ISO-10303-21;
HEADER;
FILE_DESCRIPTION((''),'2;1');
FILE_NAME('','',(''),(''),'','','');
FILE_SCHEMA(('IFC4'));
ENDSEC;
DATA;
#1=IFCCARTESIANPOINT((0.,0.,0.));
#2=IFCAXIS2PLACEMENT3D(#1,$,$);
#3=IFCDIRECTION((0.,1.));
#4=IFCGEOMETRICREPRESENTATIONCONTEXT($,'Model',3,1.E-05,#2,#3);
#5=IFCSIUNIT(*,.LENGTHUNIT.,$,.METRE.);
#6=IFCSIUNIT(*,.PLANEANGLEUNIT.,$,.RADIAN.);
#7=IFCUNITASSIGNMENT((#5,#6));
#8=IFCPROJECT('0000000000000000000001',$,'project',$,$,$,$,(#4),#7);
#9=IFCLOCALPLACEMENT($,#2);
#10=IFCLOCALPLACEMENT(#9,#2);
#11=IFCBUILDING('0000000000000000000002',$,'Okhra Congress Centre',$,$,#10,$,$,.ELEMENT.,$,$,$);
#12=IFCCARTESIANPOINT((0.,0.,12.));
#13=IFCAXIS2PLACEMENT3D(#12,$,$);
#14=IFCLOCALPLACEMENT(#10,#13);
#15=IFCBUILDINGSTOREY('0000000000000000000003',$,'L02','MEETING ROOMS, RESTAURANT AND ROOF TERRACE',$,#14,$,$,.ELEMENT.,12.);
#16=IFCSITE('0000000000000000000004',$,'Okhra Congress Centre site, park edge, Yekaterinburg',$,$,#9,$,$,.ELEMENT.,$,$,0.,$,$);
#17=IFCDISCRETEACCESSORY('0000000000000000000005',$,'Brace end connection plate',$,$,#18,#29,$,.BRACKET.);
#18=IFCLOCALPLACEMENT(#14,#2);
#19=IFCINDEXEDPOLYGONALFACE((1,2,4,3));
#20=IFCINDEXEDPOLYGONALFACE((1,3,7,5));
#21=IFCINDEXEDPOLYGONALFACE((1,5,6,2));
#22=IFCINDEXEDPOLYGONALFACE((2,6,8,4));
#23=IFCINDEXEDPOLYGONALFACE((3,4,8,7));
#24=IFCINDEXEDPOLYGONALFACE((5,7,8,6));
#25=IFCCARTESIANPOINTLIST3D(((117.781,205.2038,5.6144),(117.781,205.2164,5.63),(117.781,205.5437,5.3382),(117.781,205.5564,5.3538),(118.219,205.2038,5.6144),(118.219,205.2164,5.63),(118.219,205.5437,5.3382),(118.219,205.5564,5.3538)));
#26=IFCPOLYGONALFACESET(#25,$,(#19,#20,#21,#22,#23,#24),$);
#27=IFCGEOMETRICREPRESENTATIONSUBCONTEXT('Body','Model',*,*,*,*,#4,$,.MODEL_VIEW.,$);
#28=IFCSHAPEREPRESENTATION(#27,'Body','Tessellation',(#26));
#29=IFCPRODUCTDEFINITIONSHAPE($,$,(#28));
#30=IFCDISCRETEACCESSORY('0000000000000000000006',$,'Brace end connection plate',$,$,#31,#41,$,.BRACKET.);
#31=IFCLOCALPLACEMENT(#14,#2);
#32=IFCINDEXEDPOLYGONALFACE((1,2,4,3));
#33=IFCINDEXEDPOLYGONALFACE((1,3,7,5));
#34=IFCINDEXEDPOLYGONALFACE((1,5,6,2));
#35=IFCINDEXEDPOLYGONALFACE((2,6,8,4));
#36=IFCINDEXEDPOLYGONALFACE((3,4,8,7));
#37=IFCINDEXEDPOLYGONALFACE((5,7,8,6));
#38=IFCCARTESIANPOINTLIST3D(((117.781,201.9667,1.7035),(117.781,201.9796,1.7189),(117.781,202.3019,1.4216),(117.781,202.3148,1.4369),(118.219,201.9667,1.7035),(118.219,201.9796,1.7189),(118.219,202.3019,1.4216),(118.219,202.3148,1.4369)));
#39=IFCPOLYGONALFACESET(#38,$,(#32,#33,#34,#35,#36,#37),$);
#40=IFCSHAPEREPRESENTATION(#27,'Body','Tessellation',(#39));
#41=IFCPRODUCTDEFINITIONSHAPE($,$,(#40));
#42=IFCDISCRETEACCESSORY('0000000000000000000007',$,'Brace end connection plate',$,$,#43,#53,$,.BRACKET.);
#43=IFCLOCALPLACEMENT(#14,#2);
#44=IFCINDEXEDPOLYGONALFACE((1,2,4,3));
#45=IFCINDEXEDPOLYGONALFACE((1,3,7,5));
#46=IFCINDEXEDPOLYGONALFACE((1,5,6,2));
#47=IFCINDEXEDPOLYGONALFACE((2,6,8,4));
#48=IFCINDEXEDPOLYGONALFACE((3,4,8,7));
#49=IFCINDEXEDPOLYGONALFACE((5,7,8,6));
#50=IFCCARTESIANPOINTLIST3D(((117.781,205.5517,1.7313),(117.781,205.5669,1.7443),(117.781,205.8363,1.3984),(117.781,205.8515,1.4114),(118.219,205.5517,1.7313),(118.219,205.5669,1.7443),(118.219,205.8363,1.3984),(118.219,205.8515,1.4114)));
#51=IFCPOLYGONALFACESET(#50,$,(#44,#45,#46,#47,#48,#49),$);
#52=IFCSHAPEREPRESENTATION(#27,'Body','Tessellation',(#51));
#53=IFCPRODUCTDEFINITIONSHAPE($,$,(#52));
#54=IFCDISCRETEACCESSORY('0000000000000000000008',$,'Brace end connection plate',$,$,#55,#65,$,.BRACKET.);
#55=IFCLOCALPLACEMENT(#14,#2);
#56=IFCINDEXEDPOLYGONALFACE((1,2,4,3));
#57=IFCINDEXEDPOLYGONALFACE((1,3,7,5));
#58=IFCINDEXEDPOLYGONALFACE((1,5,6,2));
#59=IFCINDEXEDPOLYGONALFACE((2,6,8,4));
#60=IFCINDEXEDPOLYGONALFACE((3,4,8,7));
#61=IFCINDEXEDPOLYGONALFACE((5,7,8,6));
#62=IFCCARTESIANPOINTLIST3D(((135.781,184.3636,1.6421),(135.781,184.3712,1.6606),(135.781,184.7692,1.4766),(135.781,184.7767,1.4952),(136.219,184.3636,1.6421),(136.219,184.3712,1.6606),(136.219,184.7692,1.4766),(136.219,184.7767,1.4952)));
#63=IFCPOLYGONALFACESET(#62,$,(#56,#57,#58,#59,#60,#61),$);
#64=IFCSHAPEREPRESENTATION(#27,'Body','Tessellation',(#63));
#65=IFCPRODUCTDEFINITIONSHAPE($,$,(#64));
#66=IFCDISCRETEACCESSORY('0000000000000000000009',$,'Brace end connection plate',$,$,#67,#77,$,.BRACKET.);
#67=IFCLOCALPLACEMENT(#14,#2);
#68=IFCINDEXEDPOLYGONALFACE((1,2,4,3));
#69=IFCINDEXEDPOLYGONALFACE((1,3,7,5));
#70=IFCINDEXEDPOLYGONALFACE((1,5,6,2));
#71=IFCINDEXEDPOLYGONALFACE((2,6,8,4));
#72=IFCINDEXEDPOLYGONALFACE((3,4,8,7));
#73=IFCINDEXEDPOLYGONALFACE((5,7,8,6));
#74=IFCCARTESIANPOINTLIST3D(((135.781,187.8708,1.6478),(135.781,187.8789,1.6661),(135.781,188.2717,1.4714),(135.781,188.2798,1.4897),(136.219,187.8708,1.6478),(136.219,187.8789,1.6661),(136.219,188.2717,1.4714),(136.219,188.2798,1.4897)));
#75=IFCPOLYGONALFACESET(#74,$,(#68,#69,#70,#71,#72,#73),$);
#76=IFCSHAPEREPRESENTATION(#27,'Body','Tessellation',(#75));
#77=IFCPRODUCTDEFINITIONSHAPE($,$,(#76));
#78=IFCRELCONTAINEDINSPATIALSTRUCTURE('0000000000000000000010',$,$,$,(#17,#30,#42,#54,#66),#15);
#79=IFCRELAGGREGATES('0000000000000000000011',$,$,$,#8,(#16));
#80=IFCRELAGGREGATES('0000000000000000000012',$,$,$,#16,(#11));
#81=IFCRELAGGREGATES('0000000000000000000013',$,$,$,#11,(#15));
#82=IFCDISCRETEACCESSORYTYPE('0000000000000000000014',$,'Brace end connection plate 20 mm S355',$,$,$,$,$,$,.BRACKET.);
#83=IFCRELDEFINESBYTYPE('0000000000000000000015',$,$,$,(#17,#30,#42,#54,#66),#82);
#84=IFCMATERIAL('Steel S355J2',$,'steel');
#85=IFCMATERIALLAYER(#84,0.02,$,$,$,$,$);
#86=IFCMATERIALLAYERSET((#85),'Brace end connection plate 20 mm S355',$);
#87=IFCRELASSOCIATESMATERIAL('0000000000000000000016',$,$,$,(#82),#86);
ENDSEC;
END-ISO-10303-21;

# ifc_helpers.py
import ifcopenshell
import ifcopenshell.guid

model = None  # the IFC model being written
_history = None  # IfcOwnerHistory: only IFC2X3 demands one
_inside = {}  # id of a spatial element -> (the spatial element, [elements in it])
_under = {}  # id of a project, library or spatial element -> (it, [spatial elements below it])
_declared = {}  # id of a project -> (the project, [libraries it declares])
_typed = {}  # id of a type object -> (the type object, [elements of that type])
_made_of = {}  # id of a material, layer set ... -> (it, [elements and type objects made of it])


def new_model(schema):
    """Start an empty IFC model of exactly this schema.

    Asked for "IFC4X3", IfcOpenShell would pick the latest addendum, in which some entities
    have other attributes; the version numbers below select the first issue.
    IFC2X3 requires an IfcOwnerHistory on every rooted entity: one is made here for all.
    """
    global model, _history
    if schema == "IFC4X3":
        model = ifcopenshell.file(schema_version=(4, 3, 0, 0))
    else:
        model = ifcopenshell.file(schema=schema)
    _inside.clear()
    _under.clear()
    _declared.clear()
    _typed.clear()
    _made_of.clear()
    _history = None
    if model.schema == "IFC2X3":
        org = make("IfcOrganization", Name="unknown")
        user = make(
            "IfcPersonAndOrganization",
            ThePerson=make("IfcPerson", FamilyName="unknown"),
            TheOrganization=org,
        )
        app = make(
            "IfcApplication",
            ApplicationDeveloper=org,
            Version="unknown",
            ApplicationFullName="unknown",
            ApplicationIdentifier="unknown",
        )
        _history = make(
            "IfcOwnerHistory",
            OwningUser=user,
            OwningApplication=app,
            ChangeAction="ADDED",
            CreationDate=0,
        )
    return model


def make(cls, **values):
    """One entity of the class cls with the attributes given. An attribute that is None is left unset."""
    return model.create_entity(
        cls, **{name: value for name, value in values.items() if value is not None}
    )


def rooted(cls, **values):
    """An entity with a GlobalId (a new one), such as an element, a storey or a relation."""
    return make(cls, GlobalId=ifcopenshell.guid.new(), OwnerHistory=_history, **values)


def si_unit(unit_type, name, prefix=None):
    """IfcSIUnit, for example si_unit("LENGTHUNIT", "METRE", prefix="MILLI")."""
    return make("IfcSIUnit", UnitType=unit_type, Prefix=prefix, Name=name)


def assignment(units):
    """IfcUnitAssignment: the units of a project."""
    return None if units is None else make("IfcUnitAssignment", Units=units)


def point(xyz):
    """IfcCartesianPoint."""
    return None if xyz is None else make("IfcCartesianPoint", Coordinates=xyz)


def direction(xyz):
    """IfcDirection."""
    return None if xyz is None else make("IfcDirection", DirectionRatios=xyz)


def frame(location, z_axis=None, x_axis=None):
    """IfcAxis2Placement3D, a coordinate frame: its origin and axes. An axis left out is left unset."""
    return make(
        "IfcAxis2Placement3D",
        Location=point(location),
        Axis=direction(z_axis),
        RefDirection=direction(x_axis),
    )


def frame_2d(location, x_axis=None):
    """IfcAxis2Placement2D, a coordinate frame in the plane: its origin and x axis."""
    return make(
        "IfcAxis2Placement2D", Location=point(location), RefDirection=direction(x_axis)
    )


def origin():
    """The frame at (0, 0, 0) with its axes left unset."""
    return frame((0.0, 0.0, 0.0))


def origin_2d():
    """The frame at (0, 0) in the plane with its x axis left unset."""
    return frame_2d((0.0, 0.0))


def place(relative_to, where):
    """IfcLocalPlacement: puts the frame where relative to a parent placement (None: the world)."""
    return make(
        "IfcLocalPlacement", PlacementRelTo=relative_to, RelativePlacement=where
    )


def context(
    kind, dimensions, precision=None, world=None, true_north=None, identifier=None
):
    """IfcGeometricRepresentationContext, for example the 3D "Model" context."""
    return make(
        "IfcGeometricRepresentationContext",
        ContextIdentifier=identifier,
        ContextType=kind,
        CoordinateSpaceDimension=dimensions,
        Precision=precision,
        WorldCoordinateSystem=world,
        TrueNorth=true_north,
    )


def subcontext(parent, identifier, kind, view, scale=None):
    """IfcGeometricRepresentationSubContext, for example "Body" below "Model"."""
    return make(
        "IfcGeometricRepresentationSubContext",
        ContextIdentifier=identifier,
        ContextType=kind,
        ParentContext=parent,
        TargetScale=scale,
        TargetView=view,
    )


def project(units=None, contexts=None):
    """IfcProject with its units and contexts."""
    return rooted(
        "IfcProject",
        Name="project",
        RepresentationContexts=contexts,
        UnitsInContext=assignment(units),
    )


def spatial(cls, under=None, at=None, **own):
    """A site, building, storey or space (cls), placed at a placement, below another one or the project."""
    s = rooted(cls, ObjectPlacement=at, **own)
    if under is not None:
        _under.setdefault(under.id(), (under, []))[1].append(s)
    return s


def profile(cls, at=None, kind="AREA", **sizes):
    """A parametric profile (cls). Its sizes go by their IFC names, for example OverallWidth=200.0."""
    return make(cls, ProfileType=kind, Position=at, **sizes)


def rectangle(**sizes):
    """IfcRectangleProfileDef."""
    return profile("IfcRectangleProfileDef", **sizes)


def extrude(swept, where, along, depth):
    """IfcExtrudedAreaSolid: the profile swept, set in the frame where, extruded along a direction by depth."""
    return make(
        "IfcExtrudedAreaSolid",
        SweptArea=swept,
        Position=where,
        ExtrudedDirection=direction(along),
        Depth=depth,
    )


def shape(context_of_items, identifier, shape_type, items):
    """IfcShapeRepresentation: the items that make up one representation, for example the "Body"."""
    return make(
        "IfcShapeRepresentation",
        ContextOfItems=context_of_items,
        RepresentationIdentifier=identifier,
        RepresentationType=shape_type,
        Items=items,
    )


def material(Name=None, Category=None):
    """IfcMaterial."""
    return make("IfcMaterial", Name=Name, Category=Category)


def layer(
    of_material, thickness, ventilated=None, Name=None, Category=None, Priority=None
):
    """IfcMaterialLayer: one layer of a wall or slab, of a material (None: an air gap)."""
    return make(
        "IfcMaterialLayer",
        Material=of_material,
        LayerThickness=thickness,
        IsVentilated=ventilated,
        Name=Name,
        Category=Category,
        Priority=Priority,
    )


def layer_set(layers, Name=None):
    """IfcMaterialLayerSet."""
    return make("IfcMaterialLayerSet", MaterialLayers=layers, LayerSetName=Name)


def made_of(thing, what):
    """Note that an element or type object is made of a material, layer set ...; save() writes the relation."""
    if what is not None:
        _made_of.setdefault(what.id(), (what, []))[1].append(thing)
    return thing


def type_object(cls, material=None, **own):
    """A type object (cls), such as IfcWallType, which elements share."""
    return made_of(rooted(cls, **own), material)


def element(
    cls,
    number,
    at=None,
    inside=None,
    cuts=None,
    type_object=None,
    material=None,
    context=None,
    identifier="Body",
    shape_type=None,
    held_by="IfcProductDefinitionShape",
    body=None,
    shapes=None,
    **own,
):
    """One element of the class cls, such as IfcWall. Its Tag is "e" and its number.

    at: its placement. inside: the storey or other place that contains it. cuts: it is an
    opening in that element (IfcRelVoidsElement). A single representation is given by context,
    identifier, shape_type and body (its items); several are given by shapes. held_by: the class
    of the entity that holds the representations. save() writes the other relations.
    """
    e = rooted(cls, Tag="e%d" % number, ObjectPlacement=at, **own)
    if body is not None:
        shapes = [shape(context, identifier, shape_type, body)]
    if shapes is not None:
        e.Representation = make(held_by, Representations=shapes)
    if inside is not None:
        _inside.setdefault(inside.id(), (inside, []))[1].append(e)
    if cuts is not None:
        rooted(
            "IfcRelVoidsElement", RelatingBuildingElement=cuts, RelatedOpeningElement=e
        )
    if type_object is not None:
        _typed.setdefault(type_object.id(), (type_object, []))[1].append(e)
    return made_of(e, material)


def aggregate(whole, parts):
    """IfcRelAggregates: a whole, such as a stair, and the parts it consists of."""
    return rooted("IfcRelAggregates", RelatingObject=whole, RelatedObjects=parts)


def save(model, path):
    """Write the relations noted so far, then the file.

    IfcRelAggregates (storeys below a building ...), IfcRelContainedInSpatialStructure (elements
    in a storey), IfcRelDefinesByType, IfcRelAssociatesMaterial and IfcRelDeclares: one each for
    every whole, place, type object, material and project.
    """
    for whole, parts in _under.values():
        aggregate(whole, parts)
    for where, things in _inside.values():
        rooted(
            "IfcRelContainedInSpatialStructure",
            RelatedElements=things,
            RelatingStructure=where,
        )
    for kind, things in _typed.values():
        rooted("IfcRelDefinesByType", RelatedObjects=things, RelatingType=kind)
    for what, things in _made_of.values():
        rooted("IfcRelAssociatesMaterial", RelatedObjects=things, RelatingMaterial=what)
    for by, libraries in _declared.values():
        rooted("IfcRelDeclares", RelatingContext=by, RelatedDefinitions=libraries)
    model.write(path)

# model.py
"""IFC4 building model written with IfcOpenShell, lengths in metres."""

from ifc_helpers import new_model, si_unit, direction, frame, origin, origin_2d, place, context, subcontext, project, spatial, rectangle, extrude, material, layer, layer_set, type_object, element, save


model = new_model("IFC4")

# Units and contexts
model_context = context("Model", 3, precision=1e-05, world=origin(), true_north=direction((0.0, 1.0)))
body_context = subcontext(model_context, "Body", "Model", "MODEL_VIEW")
ifc_project = project(units=[si_unit("LENGTHUNIT", "METRE"), si_unit("PLANEANGLEUNIT", "RADIAN")], contexts=[model_context])

# Site, building, storey
site_placement = place(None, origin())
site = spatial("IfcSite", under=ifc_project, at=site_placement, Name="Okhra Congress Centre site, park edge, Yekaterinburg", CompositionType="ELEMENT", RefElevation=0.0)
building_placement = place(site_placement, origin())
building = spatial("IfcBuilding", under=site, at=building_placement, Name="Okhra Congress Centre", CompositionType="ELEMENT")
storey_placement = place(building_placement, frame((0.0, 0.0, 12.0)))
storey = spatial("IfcBuildingStorey", under=building, at=storey_placement, Name="L02", Description="MEETING ROOMS, RESTAURANT AND ROOF TERRACE", CompositionType="ELEMENT", Elevation=12.0)

# Discrete accessories
ifc_material_1 = material(Name="Steel S355J2", Category="steel")
ifc_layer = layer(ifc_material_1, 0.02)
ifc_layer_set = layer_set([ifc_layer], Name="Brace end connection plate 20 mm S355")
discrete_accessory_type = type_object("IfcDiscreteAccessoryType", Name="Brace end connection plate 20 mm S355", PredefinedType="BRACKET", material=ifc_layer_set)
for number, where, z_axis, x_axis, name in (
    (1, (118.0, 205.3738, 5.4763), (0.0, 0.630593, 0.776114), (-1.0, 0.0, 0.0), "Brace end connection plate"),
    (2, (118.0, 202.1472, 1.5779), (0.0, -0.643762, -0.765226), (1.0, 0.0, 0.0), "Brace end connection plate"),
    (3, (118.0, 205.7092, 1.5779), (0.0, -0.760121, -0.649781), (1.0, 0.0, 0.0), "Brace end connection plate"),
    (4, (136.0, 184.574, 1.5779), (0.0, -0.377684, -0.925935), (1.0, 0.0, 0.0), "Brace end connection plate"),
    (5, (136.0, 188.0793, 1.5779), (0.0, -0.402739, -0.915315), (1.0, 0.0, 0.0), "Brace end connection plate"),
):
    element("IfcDiscreteAccessory", number, at=place(storey_placement, frame(where, z_axis=z_axis, x_axis=x_axis)), inside=storey, type_object=discrete_accessory_type, Name=name, PredefinedType="BRACKET", context=body_context, shape_type="SweptSolid", body=[
        extrude(rectangle(XDim=0.438, YDim=0.438, at=origin_2d()), origin(), (0.0, 0.0, 1.0), 0.02),
    ])

save(model, "model.ifc")
